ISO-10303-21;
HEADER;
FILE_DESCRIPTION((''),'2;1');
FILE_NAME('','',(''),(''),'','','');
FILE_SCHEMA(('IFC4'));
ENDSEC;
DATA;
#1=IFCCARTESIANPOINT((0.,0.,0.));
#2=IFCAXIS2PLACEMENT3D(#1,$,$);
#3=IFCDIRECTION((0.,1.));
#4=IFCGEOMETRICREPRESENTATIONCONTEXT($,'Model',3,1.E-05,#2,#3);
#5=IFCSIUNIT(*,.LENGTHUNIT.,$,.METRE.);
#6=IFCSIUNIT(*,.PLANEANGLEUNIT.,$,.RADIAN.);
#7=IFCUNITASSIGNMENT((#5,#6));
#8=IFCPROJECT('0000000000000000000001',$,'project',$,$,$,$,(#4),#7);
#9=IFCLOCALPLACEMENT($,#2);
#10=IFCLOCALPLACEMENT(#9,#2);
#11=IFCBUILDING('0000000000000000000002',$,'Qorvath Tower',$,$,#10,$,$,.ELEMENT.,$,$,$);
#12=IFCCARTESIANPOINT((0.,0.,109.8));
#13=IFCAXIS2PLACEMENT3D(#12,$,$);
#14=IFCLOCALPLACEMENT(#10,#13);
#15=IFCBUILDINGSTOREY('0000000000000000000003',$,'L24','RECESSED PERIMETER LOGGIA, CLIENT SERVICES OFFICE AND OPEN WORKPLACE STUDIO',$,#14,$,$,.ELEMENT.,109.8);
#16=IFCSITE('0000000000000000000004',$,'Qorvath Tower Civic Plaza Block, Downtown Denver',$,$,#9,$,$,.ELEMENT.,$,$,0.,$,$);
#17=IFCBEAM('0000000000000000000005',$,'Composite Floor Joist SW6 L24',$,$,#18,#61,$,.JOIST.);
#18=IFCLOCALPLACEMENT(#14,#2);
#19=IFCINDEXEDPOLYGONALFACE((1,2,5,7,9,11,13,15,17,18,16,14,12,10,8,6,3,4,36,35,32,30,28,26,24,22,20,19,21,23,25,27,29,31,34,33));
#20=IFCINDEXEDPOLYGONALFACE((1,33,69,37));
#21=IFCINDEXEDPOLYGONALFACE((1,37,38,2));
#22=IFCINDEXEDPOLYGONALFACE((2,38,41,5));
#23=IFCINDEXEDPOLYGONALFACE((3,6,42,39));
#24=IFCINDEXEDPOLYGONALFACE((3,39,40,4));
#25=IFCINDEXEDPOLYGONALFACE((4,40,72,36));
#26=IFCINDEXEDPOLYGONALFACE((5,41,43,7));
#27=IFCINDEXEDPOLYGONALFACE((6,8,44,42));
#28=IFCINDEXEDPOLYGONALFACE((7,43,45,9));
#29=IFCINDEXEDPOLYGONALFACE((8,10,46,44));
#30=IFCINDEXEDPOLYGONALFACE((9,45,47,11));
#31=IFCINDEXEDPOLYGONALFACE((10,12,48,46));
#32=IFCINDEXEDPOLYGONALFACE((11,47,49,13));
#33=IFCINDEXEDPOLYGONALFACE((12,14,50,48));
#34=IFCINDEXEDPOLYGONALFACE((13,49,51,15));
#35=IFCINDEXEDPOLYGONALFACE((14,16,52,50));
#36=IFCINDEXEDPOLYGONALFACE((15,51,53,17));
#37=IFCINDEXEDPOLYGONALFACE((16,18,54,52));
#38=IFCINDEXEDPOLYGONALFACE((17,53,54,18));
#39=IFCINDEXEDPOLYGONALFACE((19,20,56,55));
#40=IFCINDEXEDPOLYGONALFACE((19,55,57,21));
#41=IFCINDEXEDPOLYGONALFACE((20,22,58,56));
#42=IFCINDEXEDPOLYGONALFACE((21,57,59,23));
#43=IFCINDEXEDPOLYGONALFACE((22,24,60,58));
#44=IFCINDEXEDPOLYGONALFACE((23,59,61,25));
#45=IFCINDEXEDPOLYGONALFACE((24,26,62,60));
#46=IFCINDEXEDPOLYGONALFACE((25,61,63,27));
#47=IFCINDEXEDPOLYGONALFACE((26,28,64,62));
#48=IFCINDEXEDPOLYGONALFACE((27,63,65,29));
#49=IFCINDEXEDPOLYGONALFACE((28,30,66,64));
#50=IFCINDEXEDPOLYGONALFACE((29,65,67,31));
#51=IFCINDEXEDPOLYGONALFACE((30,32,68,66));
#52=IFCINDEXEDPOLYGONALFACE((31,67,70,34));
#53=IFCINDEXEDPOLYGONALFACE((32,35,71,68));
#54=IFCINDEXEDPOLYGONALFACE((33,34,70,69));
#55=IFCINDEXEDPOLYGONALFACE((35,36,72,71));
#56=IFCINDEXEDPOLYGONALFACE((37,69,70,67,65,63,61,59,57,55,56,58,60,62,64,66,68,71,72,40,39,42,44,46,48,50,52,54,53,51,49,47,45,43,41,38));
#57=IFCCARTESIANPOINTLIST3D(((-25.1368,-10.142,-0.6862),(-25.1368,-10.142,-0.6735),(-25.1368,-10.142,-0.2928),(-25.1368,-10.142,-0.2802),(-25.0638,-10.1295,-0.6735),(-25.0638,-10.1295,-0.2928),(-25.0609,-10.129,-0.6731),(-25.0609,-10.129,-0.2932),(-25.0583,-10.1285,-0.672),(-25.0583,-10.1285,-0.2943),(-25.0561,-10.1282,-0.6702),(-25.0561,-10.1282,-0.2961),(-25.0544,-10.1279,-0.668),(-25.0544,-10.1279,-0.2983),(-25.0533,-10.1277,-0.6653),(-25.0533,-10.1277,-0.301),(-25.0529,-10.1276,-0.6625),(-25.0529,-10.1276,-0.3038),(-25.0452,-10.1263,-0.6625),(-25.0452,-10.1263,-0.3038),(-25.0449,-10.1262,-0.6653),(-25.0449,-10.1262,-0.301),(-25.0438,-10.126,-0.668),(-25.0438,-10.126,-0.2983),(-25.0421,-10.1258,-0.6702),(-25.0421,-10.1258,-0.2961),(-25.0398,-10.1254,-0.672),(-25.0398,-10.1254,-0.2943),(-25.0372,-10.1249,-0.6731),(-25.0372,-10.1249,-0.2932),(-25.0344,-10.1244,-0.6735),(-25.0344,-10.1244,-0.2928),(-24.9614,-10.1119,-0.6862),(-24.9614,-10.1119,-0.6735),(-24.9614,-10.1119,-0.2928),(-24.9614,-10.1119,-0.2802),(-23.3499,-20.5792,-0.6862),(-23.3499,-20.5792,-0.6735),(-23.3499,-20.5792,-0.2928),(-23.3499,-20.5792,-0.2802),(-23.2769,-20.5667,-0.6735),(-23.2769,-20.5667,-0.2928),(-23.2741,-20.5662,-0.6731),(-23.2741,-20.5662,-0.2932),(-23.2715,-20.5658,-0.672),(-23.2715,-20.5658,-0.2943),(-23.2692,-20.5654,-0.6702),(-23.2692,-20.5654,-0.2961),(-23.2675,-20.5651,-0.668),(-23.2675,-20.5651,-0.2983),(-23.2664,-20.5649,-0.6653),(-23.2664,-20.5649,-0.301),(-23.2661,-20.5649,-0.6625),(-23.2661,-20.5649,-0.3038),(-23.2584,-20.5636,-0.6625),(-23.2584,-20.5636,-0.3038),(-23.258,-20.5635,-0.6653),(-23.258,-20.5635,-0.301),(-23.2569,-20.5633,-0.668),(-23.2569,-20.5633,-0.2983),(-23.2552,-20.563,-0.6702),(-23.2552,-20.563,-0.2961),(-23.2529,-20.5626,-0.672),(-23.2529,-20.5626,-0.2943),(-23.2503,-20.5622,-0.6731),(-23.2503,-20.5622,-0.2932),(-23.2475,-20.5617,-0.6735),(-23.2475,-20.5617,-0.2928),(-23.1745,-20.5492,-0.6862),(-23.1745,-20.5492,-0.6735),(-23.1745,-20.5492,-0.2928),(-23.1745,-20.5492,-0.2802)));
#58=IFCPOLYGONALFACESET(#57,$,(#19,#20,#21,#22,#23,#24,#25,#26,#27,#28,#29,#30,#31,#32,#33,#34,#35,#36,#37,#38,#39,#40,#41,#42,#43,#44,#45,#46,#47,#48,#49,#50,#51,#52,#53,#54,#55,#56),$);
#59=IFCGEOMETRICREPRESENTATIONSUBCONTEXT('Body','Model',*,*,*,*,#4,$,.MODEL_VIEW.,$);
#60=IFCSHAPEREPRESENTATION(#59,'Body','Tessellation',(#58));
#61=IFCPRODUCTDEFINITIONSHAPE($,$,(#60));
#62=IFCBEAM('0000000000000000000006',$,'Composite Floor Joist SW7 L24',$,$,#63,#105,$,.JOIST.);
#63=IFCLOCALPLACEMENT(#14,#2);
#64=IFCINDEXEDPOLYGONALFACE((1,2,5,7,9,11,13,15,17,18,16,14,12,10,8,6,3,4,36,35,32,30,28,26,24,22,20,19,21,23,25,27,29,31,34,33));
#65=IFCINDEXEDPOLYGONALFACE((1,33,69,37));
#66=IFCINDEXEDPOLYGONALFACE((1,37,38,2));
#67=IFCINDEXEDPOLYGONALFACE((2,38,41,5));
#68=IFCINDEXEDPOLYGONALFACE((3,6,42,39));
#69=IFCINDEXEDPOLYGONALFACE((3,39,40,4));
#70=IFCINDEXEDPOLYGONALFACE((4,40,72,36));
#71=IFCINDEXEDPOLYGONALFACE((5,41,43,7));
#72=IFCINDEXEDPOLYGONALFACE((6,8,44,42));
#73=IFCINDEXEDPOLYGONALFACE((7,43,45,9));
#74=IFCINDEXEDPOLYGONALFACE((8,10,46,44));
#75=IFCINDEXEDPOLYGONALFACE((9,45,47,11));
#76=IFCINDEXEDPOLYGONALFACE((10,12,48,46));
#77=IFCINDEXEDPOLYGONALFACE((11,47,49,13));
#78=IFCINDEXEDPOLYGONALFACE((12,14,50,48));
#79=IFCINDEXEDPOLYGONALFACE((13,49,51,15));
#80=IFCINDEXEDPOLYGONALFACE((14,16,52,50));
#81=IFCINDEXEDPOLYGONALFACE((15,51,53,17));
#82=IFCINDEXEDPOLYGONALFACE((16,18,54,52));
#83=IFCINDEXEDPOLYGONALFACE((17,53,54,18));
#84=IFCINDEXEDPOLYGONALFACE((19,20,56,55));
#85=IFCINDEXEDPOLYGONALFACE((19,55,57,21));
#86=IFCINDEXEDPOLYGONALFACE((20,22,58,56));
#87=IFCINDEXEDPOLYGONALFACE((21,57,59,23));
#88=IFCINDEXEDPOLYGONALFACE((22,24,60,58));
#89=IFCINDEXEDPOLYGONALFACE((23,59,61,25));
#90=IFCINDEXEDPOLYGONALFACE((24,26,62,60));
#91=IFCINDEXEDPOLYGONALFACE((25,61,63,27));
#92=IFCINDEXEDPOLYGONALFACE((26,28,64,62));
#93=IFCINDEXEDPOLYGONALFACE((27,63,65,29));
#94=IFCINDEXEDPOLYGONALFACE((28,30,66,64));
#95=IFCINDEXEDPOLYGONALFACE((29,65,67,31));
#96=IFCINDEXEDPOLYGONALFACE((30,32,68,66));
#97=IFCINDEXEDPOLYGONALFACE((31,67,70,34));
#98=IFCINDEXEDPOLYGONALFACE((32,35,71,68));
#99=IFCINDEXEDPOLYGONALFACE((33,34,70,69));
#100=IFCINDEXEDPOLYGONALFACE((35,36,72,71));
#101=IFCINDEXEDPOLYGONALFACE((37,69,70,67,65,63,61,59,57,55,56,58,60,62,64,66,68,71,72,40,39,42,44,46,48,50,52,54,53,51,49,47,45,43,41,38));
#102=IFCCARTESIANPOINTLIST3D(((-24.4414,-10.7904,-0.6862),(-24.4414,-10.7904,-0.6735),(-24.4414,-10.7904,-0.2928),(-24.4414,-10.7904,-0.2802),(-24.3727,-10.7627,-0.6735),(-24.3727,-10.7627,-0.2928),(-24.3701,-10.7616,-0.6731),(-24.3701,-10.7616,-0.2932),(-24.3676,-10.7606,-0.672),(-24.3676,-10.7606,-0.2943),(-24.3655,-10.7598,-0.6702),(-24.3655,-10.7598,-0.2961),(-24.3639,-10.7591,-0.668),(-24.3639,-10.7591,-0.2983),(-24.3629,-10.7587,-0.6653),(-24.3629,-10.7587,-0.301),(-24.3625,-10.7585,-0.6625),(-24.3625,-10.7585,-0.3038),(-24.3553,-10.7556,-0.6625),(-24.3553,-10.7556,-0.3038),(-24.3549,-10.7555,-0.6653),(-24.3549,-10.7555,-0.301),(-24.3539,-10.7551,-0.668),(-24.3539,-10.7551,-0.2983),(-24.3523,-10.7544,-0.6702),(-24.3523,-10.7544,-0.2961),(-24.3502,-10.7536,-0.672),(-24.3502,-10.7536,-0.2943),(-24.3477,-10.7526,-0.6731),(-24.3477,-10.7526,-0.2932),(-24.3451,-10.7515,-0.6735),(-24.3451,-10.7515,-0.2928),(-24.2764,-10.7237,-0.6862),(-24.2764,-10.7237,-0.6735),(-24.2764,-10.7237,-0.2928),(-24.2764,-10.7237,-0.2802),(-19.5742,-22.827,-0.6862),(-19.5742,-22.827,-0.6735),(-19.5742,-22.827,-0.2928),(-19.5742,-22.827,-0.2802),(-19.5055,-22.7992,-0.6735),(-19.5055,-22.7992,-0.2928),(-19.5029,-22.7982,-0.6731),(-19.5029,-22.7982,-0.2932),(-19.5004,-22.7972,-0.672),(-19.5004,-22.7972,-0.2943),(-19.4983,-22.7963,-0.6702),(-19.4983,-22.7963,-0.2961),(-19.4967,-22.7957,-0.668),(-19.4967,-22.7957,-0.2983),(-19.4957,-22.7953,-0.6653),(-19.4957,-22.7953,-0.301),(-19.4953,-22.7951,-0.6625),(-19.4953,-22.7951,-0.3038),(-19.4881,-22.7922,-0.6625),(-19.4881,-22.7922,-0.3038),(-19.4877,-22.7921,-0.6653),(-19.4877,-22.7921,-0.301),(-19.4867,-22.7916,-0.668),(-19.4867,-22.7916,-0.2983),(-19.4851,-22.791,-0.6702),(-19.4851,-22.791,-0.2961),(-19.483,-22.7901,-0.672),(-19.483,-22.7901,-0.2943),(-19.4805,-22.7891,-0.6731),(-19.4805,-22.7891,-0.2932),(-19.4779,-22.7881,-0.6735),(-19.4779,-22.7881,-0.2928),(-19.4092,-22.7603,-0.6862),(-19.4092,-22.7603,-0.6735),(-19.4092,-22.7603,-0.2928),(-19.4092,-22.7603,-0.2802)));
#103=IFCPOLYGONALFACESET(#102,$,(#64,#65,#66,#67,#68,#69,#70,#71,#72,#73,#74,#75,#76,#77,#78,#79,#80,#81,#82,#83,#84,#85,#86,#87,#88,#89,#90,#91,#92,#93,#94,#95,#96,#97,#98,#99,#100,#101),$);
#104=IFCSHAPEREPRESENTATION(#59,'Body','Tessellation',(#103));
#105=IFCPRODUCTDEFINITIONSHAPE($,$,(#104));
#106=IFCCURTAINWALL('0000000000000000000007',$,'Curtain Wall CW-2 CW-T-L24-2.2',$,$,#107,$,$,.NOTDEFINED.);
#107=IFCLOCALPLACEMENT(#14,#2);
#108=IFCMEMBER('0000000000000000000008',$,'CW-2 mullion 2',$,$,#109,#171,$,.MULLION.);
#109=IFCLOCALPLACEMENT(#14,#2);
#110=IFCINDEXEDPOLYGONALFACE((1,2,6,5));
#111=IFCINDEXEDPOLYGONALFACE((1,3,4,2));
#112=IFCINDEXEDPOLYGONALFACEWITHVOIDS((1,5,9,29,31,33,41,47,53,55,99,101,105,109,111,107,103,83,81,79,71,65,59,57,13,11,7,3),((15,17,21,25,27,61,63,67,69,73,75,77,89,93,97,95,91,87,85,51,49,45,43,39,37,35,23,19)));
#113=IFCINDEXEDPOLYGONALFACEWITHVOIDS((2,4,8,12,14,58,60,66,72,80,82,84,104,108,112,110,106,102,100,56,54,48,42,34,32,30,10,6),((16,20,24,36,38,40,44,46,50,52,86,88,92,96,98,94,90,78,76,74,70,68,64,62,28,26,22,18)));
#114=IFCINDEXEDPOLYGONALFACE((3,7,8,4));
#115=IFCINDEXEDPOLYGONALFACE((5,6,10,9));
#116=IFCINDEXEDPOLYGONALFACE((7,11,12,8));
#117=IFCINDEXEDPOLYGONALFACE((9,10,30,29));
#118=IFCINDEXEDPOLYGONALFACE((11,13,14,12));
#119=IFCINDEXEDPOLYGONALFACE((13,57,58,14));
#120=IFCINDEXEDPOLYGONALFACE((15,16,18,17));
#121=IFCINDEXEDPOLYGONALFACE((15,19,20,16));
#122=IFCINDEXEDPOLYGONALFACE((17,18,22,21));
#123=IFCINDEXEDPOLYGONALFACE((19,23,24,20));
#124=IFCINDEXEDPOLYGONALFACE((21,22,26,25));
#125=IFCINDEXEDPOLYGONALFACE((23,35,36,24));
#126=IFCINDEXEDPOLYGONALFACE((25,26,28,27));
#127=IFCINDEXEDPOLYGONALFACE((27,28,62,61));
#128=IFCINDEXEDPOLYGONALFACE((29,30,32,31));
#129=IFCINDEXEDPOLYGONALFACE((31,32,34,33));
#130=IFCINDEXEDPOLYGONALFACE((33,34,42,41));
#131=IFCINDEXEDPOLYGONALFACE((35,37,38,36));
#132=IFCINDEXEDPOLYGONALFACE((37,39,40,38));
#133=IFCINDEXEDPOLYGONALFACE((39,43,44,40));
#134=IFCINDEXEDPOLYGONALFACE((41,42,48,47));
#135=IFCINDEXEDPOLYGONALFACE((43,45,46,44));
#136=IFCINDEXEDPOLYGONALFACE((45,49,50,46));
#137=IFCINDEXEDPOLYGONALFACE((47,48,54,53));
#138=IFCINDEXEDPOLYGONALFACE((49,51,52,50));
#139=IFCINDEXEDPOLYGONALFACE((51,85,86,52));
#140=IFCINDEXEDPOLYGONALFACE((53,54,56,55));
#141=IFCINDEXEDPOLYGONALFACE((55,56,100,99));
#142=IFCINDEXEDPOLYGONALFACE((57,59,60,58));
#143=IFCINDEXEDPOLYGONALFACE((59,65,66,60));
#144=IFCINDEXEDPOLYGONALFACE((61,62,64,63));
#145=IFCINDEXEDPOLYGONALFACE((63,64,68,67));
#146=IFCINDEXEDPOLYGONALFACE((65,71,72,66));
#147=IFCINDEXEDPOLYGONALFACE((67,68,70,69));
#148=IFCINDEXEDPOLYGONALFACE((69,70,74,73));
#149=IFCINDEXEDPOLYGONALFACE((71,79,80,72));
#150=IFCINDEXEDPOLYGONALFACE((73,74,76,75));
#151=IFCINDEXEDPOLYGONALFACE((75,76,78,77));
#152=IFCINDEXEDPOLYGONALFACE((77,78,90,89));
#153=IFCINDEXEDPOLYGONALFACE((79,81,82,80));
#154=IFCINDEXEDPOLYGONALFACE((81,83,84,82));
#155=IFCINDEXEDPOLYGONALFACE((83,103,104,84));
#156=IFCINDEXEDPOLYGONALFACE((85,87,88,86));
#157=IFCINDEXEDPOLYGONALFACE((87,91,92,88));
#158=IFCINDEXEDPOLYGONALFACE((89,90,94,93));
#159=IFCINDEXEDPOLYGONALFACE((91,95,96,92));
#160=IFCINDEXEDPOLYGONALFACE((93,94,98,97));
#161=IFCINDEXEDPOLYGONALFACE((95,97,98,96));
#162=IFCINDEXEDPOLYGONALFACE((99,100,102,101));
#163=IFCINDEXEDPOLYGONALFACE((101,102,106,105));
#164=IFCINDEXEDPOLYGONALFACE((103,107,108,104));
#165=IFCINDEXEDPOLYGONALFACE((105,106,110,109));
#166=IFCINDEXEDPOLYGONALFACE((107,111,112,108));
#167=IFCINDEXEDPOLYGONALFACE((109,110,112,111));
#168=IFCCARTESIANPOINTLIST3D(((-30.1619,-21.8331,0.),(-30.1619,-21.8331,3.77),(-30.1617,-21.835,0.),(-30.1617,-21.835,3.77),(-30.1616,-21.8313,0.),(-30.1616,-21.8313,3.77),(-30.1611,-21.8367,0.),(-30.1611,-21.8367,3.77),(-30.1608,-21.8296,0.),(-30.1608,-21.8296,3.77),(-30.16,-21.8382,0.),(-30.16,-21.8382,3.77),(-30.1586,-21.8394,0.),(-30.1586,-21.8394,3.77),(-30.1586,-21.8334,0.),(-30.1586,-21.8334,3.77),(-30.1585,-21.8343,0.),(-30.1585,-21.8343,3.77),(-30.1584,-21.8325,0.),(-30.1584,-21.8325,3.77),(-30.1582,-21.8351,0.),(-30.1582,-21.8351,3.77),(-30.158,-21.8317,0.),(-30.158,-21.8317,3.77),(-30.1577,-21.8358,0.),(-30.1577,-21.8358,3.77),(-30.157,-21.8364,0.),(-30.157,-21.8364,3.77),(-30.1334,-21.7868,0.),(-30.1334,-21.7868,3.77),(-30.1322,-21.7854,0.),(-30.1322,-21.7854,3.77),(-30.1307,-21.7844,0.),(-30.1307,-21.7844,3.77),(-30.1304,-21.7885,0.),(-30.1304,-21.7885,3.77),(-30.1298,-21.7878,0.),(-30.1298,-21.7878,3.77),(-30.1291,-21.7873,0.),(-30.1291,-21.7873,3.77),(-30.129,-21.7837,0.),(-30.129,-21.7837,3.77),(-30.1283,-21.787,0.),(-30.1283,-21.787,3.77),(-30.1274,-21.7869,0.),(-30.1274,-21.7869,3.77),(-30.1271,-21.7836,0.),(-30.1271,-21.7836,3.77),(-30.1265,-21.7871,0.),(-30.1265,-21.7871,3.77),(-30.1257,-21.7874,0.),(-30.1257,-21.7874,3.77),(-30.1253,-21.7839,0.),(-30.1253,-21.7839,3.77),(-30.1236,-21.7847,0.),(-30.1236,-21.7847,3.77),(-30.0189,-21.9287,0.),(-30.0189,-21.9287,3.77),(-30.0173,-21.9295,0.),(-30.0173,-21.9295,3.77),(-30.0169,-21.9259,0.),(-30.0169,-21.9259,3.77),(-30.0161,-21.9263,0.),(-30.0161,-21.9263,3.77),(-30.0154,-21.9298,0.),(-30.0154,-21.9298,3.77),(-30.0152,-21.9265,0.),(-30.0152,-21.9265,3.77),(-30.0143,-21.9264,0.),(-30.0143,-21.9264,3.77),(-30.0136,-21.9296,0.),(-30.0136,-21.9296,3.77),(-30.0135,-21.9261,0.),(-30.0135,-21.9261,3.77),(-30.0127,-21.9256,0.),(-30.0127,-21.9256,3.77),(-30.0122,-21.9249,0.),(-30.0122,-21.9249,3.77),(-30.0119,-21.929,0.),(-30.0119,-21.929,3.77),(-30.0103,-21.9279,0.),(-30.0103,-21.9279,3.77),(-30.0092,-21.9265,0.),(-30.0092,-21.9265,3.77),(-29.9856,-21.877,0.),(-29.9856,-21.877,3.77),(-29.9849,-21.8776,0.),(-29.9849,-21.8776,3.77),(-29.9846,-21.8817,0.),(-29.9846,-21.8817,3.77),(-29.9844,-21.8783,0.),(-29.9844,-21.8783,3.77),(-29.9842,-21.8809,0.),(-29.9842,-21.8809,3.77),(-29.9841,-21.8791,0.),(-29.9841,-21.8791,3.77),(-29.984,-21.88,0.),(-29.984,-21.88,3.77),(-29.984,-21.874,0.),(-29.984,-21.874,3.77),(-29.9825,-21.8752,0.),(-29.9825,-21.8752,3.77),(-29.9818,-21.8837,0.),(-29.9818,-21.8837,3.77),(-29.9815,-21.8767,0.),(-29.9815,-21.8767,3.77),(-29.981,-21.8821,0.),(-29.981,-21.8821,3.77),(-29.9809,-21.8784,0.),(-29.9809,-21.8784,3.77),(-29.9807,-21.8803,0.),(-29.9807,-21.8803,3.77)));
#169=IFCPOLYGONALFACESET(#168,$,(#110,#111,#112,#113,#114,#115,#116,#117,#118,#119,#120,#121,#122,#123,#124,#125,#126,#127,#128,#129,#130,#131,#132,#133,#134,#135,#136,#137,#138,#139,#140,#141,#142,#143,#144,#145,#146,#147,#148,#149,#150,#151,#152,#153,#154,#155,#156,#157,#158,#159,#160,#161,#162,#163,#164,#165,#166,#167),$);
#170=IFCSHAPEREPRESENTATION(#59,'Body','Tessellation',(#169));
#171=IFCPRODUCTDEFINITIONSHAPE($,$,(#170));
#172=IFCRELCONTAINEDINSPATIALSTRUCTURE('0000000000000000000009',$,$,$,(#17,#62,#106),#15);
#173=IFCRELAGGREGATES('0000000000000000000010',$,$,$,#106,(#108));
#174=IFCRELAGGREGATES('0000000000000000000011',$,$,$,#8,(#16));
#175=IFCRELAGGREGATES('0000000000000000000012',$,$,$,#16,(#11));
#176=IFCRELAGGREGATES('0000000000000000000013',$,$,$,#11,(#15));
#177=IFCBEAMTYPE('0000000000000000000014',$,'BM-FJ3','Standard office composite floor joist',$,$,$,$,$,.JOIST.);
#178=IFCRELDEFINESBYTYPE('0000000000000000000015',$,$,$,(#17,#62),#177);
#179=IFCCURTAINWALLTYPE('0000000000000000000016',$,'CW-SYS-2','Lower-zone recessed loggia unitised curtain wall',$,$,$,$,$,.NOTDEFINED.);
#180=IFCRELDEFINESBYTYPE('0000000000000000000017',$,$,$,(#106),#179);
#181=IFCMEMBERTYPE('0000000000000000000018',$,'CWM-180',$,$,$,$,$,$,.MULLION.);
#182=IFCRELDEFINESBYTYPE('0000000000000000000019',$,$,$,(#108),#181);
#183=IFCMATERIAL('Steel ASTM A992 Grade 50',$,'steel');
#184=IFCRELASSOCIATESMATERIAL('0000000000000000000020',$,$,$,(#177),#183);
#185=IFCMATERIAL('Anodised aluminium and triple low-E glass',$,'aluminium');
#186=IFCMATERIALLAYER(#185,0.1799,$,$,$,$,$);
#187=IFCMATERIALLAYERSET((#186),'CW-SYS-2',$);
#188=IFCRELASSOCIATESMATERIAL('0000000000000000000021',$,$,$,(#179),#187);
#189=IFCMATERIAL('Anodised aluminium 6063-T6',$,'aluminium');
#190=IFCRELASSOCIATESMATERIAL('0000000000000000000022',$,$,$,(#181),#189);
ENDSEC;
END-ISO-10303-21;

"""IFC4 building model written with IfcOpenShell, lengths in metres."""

from ifc_helpers import new_model, si_unit, direction, frame, origin, origin_2d, place, context, subcontext, project, spatial, hollow_rectangle, i_section, extrude, material, layer, layer_set, material_profile, profile_set, type_object, element, aggregate, save


model = new_model("IFC4")

# Units and contexts
model_context = context("Model", 3, precision=1e-05, world=origin(), true_north=direction((0.0, 1.0)))
body_context = subcontext(model_context, "Body", "Model", "MODEL_VIEW")
ifc_project = project(units=[si_unit("LENGTHUNIT", "METRE"), si_unit("PLANEANGLEUNIT", "RADIAN")], contexts=[model_context])

# Site, building, storey
site_placement = place(None, origin())
site = spatial("IfcSite", under=ifc_project, at=site_placement, Name="Qorvath Tower Civic Plaza Block, Downtown Denver", CompositionType="ELEMENT", RefElevation=0.0)
building_placement = place(site_placement, origin())
building = spatial("IfcBuilding", under=site, at=building_placement, Name="Qorvath Tower", CompositionType="ELEMENT")
storey_placement = place(building_placement, frame((0.0, 0.0, 109.8)))
storey = spatial("IfcBuildingStorey", under=building, at=storey_placement, Name="L24", Description="RECESSED PERIMETER LOGGIA, CLIENT SERVICES OFFICE AND OPEN WORKPLACE STUDIO", CompositionType="ELEMENT", Elevation=109.8)

# Beams
ifc_material_1 = material(Name="Steel ASTM A992 Grade 50", Category="steel")
ifc_material_profile_1 = material_profile(ifc_material_1, i_section(OverallWidth=0.178, OverallDepth=0.406, WebThickness=0.0078, FlangeThickness=0.0127, FilletRadius=0.011, at=origin_2d()), Name="W16x40")
ifc_profile_set_1 = profile_set([ifc_material_profile_1], Name="Steel ASTM A992 Grade 50")
beam_type_1 = type_object("IfcBeamType", Name="BM-FJ3", Description="Standard office composite floor joist", PredefinedType="JOIST", material=ifc_profile_set_1)
beam_1_placement = place(storey_placement, frame((-25.0491, -10.127, -0.4832), z_axis=(0.168746, -0.98566, 0.0), x_axis=(0.98566, 0.168746, 0.0)))
element("IfcBeam", 1, at=beam_1_placement, inside=storey, type_object=beam_type_1, Name="Composite Floor Joist SW6 L24", PredefinedType="JOIST", context=body_context, shape_type="SweptSolid", body=[
    extrude(i_section(OverallWidth=0.178, OverallDepth=0.406, WebThickness=0.0078, FlangeThickness=0.0127, FilletRadius=0.011, at=origin_2d()), origin(), (0.0, 0.0, 1.0), 10.5891),
])
beam_2_placement = place(storey_placement, frame((-24.3589, -10.7571, -0.4832), z_axis=(0.374877, -0.927075, 0.0), x_axis=(0.927075, 0.374877, 0.0)))
element("IfcBeam", 2, at=beam_2_placement, inside=storey, type_object=beam_type_1, Name="Composite Floor Joist SW7 L24", PredefinedType="JOIST", context=body_context, shape_type="SweptSolid", body=[
    extrude(i_section(OverallWidth=0.178, OverallDepth=0.406, WebThickness=0.0078, FlangeThickness=0.0127, FilletRadius=0.011, at=origin_2d()), origin(), (0.0, 0.0, 1.0), 12.9834),
])

# Curtain wall, member
ifc_material_2 = material(Name="Anodised aluminium and triple low-E glass", Category="aluminium")
ifc_layer_1 = layer(ifc_material_2, 0.1799)
ifc_layer_set_1 = layer_set([ifc_layer_1], Name="CW-SYS-2")
curtain_wall_type = type_object("IfcCurtainWallType", Name="CW-SYS-2", Description="Lower-zone recessed loggia unitised curtain wall", PredefinedType="NOTDEFINED", material=ifc_layer_set_1)
curtain_wall_placement = place(storey_placement, origin())
curtain_wall = element("IfcCurtainWall", 3, at=curtain_wall_placement, inside=storey, type_object=curtain_wall_type, Name="Curtain Wall CW-2 CW-T-L24-2.2", PredefinedType="NOTDEFINED")
ifc_material_3 = material(Name="Anodised aluminium 6063-T6", Category="aluminium")
ifc_material_profile_2 = material_profile(ifc_material_3, hollow_rectangle(XDim=0.0649, YDim=0.1799, WallThickness=0.0034, InnerFilletRadius=0.0034, OuterFilletRadius=0.0071, at=origin_2d()), Name="CWM 180x65")
ifc_profile_set_2 = profile_set([ifc_material_profile_2], Name="Anodised aluminium 6063-T6")
member_type_1 = type_object("IfcMemberType", Name="CWM-180", PredefinedType="MULLION", material=ifc_profile_set_2)
member_1_placement = place(storey_placement, frame((-30.0713, -21.8567, 0.0), z_axis=(0.0, 0.0, 1.0), x_axis=(0.538538, 0.842601, 0.0)))
member_1 = element("IfcMember", 4, at=member_1_placement, type_object=member_type_1, Name="CW-2 mullion 2", PredefinedType="MULLION", context=body_context, shape_type="SweptSolid", body=[
    extrude(hollow_rectangle(XDim=0.0649, YDim=0.1799, WallThickness=0.0034, InnerFilletRadius=0.0034, OuterFilletRadius=0.0071, at=origin_2d()), origin(), (0.0, 0.0, 1.0), 3.77),
])
aggregate(curtain_wall, [member_1])

save(model, "model.ifc")
